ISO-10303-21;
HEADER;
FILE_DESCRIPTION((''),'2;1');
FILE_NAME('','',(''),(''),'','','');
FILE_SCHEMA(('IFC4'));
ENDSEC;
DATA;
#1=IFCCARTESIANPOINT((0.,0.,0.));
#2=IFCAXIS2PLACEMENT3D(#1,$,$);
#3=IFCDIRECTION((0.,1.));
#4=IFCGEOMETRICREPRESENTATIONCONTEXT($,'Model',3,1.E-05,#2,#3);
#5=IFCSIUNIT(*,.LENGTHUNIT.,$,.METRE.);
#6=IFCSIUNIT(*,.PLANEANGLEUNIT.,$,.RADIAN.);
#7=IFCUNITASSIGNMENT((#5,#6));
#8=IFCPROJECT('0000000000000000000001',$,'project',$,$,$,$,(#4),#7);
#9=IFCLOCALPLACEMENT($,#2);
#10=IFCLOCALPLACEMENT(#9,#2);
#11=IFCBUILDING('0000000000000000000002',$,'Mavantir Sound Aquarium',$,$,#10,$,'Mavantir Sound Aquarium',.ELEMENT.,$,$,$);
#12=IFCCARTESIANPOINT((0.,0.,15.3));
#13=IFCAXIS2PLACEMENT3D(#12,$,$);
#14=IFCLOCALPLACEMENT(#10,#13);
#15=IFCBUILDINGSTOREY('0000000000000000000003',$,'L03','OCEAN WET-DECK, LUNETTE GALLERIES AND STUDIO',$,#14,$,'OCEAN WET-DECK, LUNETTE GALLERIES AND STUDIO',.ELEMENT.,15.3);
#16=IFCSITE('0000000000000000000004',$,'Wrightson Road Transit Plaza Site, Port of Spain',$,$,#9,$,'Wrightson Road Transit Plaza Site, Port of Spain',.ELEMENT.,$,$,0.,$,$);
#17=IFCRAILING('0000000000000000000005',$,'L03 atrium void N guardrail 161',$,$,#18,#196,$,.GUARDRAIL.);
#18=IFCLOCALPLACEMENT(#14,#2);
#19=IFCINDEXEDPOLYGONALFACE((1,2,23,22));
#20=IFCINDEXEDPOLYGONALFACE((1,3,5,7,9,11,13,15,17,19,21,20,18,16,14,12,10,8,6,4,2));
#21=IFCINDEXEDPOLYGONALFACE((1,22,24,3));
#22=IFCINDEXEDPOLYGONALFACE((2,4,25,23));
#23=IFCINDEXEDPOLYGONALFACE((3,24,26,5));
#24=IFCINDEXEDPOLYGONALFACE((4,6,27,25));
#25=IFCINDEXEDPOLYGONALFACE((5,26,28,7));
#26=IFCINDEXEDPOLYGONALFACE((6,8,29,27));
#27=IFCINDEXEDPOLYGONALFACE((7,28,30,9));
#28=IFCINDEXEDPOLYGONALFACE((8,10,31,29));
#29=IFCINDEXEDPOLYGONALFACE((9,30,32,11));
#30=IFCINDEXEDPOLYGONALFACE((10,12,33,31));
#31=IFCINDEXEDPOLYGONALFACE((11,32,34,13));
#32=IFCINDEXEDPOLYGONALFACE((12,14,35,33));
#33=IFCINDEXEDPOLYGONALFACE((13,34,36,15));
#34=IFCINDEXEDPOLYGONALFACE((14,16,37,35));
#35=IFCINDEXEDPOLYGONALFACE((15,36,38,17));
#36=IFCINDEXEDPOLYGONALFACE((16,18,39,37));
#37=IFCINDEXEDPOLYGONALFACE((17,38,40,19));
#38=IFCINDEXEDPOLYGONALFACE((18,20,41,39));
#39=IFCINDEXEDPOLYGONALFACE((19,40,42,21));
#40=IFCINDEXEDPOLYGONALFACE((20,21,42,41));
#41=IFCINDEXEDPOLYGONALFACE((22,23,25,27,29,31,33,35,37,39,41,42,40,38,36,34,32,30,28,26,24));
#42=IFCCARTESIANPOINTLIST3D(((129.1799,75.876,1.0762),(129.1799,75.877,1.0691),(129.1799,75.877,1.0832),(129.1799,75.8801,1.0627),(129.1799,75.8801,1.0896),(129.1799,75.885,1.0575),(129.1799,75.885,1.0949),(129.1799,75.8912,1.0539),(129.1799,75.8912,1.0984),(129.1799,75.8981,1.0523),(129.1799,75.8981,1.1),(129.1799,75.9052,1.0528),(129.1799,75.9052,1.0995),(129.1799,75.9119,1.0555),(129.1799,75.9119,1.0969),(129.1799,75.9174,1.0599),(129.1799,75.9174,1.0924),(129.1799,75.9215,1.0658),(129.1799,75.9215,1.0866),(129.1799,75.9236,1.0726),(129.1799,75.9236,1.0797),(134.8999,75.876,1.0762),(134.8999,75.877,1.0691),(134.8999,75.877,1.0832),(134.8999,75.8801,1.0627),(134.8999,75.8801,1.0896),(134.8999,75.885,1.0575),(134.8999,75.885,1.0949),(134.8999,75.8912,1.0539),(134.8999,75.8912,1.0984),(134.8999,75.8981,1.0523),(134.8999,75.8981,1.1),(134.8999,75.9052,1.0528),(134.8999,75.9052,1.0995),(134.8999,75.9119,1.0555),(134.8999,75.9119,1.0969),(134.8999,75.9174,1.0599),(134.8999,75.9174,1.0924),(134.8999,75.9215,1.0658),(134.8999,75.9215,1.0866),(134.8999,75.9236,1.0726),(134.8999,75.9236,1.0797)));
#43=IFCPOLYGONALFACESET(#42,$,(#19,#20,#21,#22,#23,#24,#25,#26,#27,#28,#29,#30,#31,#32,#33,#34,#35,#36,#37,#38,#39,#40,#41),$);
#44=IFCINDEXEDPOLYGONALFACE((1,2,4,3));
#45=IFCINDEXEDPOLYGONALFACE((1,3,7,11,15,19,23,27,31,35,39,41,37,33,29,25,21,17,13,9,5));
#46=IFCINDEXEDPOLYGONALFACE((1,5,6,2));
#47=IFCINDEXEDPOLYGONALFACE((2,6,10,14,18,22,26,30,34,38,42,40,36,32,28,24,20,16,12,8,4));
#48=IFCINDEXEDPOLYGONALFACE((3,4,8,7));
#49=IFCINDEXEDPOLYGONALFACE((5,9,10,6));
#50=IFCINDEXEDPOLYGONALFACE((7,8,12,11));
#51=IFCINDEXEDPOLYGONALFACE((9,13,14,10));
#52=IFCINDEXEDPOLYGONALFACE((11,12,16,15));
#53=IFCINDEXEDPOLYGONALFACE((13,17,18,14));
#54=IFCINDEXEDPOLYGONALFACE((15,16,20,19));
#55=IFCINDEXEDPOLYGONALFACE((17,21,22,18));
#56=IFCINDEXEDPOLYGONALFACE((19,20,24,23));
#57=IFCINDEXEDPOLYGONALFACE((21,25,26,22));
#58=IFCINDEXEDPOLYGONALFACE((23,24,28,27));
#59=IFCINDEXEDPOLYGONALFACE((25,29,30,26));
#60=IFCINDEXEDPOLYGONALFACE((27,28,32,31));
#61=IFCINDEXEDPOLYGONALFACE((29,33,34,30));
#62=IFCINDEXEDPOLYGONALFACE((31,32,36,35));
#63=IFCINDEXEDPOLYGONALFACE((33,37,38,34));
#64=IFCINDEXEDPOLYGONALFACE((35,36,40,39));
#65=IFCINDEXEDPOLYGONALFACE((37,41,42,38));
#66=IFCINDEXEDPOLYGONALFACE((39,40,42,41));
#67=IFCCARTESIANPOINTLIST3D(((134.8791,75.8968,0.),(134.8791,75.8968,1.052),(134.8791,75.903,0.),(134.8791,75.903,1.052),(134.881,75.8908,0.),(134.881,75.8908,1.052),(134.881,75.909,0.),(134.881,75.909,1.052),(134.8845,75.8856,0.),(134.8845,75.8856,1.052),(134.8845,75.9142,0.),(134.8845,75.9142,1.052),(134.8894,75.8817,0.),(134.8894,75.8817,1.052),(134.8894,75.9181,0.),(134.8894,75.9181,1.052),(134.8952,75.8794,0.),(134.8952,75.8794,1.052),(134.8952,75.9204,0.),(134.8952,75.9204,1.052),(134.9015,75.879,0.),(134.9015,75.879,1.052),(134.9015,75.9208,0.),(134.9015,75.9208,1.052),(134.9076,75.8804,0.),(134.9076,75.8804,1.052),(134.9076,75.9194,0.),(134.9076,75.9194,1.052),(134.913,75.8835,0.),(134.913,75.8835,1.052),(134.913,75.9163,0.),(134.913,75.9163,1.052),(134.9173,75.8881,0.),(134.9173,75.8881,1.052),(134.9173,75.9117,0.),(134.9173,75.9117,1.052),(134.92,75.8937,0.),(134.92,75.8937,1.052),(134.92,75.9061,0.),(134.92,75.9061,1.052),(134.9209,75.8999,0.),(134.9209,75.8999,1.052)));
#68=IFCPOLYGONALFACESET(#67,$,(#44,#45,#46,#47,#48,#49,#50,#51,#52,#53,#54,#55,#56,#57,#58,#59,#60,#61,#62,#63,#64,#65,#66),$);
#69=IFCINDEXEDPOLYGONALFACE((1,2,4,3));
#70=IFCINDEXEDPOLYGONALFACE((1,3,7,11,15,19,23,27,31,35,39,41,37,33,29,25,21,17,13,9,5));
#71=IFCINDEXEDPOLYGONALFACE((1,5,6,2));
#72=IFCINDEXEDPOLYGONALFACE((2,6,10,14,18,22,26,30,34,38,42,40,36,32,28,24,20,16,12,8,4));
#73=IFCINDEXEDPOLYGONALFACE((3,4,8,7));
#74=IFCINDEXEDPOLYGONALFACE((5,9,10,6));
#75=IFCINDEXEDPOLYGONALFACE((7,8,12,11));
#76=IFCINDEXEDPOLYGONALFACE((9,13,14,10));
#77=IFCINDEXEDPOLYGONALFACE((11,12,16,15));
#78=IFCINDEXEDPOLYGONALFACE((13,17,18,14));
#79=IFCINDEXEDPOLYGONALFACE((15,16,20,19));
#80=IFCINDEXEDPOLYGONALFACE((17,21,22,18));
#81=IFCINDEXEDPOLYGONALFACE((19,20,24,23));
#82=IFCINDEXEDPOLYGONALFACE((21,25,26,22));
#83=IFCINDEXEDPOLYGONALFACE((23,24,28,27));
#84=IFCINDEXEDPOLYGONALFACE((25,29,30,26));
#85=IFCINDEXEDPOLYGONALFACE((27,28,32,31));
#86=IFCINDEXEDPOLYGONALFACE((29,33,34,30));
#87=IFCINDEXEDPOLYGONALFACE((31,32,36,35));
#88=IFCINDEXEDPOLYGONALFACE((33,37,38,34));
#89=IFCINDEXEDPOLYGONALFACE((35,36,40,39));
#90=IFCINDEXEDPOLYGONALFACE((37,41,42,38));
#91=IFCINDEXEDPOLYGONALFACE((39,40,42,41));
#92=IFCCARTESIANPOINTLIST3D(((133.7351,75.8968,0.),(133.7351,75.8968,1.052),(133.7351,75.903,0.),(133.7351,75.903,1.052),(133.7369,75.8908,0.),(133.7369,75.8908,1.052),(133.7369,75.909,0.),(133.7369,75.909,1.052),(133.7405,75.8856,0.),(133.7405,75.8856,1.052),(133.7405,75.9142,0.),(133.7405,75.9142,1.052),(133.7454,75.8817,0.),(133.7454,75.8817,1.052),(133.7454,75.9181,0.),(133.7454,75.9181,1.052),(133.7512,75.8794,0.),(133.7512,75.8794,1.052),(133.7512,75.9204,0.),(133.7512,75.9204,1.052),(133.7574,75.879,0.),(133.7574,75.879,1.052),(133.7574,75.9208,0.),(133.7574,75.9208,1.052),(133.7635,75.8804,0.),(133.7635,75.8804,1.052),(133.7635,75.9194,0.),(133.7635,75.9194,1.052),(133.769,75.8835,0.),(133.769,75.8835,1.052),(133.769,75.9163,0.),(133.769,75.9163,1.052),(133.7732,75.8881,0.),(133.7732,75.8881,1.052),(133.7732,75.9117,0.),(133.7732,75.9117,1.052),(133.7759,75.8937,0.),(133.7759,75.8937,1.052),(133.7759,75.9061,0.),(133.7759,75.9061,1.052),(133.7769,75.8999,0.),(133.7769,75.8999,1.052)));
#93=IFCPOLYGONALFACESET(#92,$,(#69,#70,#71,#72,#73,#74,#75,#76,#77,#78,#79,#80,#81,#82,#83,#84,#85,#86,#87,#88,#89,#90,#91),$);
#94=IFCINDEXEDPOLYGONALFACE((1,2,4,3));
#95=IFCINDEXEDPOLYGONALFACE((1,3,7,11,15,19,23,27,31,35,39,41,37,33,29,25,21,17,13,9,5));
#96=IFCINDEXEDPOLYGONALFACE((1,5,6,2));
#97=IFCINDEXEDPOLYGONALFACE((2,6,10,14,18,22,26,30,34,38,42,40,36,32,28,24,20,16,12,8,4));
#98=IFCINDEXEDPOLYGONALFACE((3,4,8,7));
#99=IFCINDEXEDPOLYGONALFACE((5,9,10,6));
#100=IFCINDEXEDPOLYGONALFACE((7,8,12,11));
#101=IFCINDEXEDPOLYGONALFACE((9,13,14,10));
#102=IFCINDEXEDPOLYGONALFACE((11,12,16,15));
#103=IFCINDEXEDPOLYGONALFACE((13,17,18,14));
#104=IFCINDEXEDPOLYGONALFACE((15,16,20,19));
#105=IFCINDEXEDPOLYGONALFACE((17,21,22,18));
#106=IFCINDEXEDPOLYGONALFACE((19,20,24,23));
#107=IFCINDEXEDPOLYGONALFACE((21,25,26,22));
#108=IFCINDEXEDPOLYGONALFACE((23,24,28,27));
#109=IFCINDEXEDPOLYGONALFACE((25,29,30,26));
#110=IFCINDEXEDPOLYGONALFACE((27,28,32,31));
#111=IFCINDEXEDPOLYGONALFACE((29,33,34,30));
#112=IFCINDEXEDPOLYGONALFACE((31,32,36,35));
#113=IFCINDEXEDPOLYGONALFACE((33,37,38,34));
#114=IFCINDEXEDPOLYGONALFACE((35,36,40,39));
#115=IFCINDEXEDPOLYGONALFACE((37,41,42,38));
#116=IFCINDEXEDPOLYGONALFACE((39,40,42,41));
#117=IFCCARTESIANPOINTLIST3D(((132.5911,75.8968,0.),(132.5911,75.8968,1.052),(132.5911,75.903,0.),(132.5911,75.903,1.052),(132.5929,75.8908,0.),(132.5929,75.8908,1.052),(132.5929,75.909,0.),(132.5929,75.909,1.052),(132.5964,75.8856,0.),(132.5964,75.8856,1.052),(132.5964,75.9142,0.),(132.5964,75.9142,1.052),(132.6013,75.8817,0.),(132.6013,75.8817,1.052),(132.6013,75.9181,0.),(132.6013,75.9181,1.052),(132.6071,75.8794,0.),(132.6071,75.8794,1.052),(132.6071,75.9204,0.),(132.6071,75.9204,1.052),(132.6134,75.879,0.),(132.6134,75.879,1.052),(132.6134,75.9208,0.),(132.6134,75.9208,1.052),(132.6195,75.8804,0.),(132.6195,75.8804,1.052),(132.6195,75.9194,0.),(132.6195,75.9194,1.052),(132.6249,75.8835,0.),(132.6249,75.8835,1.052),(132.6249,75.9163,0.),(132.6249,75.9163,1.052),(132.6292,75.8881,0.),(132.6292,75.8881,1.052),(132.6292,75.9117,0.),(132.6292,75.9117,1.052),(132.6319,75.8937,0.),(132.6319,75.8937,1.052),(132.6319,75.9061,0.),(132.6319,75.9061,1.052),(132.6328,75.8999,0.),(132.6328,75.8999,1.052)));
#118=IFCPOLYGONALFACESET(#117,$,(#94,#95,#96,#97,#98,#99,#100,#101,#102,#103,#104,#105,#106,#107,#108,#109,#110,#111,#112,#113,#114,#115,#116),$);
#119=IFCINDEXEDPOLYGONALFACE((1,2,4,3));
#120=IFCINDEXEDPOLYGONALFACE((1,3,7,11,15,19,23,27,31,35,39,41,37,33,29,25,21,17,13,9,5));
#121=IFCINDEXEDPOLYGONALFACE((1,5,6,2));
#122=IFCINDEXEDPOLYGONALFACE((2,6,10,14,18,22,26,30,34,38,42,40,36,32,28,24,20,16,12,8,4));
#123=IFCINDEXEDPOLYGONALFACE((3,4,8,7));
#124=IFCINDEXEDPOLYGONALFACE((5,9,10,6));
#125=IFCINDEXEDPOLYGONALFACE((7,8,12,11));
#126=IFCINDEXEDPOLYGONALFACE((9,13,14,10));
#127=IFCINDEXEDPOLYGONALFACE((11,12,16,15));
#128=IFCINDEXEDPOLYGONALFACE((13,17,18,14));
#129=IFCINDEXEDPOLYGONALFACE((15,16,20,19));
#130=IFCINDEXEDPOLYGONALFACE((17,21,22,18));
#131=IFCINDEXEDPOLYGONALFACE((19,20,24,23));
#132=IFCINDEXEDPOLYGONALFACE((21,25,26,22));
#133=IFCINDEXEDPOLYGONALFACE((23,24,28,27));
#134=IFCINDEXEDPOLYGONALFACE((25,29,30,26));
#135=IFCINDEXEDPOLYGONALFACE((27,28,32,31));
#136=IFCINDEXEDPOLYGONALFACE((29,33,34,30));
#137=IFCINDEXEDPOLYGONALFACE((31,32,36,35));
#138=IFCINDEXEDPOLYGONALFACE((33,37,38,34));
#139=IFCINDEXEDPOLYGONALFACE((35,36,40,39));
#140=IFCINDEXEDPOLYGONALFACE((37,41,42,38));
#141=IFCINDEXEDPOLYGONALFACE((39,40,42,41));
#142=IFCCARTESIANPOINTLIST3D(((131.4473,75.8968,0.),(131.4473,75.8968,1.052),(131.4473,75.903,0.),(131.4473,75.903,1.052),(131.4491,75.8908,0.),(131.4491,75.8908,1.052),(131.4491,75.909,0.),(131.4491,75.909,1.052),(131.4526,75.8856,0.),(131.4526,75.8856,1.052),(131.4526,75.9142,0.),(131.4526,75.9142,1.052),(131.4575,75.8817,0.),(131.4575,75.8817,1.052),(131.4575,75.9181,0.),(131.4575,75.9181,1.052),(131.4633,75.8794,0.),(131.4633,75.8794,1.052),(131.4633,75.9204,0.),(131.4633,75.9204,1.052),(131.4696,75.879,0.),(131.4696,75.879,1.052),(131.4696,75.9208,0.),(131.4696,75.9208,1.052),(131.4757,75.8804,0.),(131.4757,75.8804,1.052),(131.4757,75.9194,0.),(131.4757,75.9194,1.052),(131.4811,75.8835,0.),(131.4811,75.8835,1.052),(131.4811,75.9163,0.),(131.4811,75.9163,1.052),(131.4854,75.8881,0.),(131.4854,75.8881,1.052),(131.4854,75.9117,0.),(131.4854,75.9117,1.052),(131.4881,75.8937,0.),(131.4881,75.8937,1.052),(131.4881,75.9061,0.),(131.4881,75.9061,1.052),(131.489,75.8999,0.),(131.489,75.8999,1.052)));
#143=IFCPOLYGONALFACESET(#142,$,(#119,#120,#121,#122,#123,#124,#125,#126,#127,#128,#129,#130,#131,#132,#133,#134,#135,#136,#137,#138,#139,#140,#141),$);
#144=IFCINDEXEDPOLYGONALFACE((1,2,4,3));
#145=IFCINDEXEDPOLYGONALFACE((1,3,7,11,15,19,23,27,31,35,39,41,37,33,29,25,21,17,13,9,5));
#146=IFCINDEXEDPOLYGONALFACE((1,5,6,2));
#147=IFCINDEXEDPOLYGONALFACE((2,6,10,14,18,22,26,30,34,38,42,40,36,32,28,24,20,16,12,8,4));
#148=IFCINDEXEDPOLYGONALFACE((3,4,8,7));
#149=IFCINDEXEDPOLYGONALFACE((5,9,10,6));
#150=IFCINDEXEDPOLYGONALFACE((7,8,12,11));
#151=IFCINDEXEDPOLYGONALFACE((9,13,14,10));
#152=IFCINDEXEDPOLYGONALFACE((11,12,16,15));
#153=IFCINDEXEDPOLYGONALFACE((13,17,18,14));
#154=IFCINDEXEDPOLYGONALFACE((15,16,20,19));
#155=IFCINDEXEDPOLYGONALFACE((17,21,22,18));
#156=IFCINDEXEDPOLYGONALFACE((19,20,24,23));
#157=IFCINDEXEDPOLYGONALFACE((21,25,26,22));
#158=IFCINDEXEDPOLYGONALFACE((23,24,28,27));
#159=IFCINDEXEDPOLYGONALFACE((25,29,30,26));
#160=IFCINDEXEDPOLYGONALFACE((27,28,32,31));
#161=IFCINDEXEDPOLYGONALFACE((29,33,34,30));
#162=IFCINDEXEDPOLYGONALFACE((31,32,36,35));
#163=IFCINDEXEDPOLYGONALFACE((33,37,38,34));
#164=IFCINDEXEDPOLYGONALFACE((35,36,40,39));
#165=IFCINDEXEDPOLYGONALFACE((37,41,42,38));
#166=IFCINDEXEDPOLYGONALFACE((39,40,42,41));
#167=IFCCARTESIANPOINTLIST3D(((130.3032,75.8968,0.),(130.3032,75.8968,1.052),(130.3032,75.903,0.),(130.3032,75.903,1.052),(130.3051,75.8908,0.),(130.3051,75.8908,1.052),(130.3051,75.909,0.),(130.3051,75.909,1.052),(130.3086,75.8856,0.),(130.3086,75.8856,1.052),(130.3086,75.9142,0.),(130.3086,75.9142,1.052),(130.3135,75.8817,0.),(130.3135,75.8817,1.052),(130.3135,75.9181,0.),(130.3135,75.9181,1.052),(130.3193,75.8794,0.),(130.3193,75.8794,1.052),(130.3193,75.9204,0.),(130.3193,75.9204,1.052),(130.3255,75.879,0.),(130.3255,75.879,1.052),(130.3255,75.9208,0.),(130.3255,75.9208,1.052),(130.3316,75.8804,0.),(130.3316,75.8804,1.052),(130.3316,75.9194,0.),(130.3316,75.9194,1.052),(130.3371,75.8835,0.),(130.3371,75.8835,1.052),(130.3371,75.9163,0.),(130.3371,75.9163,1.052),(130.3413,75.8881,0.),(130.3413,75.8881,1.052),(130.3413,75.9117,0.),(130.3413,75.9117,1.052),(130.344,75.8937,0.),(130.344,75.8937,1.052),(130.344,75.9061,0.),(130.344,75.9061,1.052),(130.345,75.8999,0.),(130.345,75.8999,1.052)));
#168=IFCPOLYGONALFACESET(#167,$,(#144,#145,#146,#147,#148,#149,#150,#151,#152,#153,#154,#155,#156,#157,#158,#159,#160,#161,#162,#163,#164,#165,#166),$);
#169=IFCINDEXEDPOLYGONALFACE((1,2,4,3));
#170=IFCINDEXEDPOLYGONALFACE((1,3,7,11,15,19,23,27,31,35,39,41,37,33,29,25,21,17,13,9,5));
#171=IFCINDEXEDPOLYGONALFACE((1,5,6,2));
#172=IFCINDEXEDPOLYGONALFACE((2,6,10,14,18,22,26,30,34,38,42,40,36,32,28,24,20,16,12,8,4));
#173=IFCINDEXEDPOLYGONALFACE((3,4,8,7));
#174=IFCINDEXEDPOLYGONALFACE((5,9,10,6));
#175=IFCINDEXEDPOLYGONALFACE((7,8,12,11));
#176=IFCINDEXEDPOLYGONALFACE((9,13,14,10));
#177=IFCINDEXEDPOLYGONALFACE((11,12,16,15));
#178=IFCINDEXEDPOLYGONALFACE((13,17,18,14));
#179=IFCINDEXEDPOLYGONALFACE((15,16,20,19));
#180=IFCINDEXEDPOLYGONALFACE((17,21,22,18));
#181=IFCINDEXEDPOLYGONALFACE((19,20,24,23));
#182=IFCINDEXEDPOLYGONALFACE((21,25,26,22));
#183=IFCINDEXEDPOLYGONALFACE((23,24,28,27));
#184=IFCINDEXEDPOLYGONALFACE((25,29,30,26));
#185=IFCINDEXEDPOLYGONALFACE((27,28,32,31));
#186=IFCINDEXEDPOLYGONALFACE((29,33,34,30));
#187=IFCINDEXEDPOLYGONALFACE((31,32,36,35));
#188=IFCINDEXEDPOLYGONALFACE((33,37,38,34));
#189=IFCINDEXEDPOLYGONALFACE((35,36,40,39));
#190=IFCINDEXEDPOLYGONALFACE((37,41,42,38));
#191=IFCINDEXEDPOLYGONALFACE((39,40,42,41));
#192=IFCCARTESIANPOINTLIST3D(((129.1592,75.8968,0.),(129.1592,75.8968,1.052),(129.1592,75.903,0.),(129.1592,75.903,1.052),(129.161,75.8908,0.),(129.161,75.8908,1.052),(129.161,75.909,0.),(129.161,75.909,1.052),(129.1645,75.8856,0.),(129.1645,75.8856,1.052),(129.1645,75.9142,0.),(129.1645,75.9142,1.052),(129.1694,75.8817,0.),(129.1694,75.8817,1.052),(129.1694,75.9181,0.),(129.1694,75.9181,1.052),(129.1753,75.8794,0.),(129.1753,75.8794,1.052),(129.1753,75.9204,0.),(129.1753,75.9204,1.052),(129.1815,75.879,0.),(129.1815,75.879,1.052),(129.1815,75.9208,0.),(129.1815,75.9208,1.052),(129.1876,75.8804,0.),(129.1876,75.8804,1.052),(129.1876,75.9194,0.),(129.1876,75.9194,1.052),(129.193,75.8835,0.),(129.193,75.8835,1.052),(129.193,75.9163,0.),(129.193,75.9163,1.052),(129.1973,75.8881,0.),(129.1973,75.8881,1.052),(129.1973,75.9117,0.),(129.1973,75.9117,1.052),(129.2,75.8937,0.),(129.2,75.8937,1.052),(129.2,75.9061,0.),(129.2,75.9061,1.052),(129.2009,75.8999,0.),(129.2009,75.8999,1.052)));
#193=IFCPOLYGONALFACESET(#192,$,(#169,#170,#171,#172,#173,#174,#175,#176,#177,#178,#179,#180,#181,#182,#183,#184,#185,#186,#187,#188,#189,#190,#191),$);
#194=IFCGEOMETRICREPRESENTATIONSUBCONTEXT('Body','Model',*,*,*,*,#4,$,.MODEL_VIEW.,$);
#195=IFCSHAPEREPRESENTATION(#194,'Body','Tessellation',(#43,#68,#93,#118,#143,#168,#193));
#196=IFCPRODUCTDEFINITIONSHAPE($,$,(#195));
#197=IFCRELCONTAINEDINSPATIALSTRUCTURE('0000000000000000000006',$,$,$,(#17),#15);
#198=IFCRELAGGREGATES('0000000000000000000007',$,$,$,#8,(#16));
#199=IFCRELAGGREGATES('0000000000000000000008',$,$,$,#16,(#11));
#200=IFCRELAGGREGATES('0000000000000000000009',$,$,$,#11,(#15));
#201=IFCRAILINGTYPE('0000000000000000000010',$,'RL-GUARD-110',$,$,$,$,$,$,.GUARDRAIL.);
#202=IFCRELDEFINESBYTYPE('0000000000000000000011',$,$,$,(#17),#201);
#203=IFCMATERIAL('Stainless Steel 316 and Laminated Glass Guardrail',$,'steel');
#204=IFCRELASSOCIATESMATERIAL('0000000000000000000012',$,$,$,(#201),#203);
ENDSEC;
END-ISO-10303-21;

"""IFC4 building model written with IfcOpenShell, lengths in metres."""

from ifc_helpers import new_model, si_unit, direction, frame, origin, origin_2d, place, context, subcontext, project, spatial, circle, extrude, material, type_object, element, save


model = new_model("IFC4")

# Units and contexts
model_context = context("Model", 3, precision=1e-05, world=origin(), true_north=direction((0.0, 1.0)))
body_context = subcontext(model_context, "Body", "Model", "MODEL_VIEW")
ifc_project = project(units=[si_unit("LENGTHUNIT", "METRE"), si_unit("PLANEANGLEUNIT", "RADIAN")], contexts=[model_context])

# Site, building, storey
site_placement = place(None, origin())
site = spatial("IfcSite", under=ifc_project, at=site_placement, Name="Wrightson Road Transit Plaza Site, Port of Spain", LongName="Wrightson Road Transit Plaza Site, Port of Spain", CompositionType="ELEMENT", RefElevation=0.0)
building_placement = place(site_placement, origin())
building = spatial("IfcBuilding", under=site, at=building_placement, Name="Mavantir Sound Aquarium", LongName="Mavantir Sound Aquarium", CompositionType="ELEMENT")
storey_placement = place(building_placement, frame((0.0, 0.0, 15.3)))
storey = spatial("IfcBuildingStorey", under=building, at=storey_placement, Name="L03", Description="OCEAN WET-DECK, LUNETTE GALLERIES AND STUDIO", LongName="OCEAN WET-DECK, LUNETTE GALLERIES AND STUDIO", CompositionType="ELEMENT", Elevation=15.3)

# Railing
ifc_material_1 = material(Name="Stainless Steel 316 and Laminated Glass Guardrail", Category="steel")
railing_type = type_object("IfcRailingType", Name="RL-GUARD-110", PredefinedType="GUARDRAIL", material=ifc_material_1)
railing_1_placement = place(storey_placement, frame((134.8999, 75.8999, 0.0)))
element("IfcRailing", 1, at=railing_1_placement, inside=storey, type_object=railing_type, Name="L03 atrium void N guardrail 161", PredefinedType="GUARDRAIL", context=body_context, shape_type="SweptSolid", body=[
    extrude(circle(Radius=0.0239, at=origin_2d()), frame((0.0, 0.0, 1.0762), z_axis=(-1.0, 0.0, 0.0), x_axis=(0.0, -1.0, 0.0)), (0.0, 0.0, 1.0), 5.72),
    extrude(circle(Radius=0.021, at=origin_2d()), origin(), (0.0, 0.0, 1.0), 1.052),
    extrude(circle(Radius=0.021, at=origin_2d()), frame((-1.144, 0.0, 0.0)), (0.0, 0.0, 1.0), 1.052),
    extrude(circle(Radius=0.021, at=origin_2d()), frame((-2.2881, 0.0, 0.0)), (0.0, 0.0, 1.0), 1.052),
    extrude(circle(Radius=0.021, at=origin_2d()), frame((-3.4319, 0.0, 0.0)), (0.0, 0.0, 1.0), 1.052),
    extrude(circle(Radius=0.021, at=origin_2d()), frame((-4.5759, 0.0, 0.0)), (0.0, 0.0, 1.0), 1.052),
    extrude(circle(Radius=0.021, at=origin_2d()), frame((-5.72, 0.0, 0.0)), (0.0, 0.0, 1.0), 1.052),
])

save(model, "model.ifc")
